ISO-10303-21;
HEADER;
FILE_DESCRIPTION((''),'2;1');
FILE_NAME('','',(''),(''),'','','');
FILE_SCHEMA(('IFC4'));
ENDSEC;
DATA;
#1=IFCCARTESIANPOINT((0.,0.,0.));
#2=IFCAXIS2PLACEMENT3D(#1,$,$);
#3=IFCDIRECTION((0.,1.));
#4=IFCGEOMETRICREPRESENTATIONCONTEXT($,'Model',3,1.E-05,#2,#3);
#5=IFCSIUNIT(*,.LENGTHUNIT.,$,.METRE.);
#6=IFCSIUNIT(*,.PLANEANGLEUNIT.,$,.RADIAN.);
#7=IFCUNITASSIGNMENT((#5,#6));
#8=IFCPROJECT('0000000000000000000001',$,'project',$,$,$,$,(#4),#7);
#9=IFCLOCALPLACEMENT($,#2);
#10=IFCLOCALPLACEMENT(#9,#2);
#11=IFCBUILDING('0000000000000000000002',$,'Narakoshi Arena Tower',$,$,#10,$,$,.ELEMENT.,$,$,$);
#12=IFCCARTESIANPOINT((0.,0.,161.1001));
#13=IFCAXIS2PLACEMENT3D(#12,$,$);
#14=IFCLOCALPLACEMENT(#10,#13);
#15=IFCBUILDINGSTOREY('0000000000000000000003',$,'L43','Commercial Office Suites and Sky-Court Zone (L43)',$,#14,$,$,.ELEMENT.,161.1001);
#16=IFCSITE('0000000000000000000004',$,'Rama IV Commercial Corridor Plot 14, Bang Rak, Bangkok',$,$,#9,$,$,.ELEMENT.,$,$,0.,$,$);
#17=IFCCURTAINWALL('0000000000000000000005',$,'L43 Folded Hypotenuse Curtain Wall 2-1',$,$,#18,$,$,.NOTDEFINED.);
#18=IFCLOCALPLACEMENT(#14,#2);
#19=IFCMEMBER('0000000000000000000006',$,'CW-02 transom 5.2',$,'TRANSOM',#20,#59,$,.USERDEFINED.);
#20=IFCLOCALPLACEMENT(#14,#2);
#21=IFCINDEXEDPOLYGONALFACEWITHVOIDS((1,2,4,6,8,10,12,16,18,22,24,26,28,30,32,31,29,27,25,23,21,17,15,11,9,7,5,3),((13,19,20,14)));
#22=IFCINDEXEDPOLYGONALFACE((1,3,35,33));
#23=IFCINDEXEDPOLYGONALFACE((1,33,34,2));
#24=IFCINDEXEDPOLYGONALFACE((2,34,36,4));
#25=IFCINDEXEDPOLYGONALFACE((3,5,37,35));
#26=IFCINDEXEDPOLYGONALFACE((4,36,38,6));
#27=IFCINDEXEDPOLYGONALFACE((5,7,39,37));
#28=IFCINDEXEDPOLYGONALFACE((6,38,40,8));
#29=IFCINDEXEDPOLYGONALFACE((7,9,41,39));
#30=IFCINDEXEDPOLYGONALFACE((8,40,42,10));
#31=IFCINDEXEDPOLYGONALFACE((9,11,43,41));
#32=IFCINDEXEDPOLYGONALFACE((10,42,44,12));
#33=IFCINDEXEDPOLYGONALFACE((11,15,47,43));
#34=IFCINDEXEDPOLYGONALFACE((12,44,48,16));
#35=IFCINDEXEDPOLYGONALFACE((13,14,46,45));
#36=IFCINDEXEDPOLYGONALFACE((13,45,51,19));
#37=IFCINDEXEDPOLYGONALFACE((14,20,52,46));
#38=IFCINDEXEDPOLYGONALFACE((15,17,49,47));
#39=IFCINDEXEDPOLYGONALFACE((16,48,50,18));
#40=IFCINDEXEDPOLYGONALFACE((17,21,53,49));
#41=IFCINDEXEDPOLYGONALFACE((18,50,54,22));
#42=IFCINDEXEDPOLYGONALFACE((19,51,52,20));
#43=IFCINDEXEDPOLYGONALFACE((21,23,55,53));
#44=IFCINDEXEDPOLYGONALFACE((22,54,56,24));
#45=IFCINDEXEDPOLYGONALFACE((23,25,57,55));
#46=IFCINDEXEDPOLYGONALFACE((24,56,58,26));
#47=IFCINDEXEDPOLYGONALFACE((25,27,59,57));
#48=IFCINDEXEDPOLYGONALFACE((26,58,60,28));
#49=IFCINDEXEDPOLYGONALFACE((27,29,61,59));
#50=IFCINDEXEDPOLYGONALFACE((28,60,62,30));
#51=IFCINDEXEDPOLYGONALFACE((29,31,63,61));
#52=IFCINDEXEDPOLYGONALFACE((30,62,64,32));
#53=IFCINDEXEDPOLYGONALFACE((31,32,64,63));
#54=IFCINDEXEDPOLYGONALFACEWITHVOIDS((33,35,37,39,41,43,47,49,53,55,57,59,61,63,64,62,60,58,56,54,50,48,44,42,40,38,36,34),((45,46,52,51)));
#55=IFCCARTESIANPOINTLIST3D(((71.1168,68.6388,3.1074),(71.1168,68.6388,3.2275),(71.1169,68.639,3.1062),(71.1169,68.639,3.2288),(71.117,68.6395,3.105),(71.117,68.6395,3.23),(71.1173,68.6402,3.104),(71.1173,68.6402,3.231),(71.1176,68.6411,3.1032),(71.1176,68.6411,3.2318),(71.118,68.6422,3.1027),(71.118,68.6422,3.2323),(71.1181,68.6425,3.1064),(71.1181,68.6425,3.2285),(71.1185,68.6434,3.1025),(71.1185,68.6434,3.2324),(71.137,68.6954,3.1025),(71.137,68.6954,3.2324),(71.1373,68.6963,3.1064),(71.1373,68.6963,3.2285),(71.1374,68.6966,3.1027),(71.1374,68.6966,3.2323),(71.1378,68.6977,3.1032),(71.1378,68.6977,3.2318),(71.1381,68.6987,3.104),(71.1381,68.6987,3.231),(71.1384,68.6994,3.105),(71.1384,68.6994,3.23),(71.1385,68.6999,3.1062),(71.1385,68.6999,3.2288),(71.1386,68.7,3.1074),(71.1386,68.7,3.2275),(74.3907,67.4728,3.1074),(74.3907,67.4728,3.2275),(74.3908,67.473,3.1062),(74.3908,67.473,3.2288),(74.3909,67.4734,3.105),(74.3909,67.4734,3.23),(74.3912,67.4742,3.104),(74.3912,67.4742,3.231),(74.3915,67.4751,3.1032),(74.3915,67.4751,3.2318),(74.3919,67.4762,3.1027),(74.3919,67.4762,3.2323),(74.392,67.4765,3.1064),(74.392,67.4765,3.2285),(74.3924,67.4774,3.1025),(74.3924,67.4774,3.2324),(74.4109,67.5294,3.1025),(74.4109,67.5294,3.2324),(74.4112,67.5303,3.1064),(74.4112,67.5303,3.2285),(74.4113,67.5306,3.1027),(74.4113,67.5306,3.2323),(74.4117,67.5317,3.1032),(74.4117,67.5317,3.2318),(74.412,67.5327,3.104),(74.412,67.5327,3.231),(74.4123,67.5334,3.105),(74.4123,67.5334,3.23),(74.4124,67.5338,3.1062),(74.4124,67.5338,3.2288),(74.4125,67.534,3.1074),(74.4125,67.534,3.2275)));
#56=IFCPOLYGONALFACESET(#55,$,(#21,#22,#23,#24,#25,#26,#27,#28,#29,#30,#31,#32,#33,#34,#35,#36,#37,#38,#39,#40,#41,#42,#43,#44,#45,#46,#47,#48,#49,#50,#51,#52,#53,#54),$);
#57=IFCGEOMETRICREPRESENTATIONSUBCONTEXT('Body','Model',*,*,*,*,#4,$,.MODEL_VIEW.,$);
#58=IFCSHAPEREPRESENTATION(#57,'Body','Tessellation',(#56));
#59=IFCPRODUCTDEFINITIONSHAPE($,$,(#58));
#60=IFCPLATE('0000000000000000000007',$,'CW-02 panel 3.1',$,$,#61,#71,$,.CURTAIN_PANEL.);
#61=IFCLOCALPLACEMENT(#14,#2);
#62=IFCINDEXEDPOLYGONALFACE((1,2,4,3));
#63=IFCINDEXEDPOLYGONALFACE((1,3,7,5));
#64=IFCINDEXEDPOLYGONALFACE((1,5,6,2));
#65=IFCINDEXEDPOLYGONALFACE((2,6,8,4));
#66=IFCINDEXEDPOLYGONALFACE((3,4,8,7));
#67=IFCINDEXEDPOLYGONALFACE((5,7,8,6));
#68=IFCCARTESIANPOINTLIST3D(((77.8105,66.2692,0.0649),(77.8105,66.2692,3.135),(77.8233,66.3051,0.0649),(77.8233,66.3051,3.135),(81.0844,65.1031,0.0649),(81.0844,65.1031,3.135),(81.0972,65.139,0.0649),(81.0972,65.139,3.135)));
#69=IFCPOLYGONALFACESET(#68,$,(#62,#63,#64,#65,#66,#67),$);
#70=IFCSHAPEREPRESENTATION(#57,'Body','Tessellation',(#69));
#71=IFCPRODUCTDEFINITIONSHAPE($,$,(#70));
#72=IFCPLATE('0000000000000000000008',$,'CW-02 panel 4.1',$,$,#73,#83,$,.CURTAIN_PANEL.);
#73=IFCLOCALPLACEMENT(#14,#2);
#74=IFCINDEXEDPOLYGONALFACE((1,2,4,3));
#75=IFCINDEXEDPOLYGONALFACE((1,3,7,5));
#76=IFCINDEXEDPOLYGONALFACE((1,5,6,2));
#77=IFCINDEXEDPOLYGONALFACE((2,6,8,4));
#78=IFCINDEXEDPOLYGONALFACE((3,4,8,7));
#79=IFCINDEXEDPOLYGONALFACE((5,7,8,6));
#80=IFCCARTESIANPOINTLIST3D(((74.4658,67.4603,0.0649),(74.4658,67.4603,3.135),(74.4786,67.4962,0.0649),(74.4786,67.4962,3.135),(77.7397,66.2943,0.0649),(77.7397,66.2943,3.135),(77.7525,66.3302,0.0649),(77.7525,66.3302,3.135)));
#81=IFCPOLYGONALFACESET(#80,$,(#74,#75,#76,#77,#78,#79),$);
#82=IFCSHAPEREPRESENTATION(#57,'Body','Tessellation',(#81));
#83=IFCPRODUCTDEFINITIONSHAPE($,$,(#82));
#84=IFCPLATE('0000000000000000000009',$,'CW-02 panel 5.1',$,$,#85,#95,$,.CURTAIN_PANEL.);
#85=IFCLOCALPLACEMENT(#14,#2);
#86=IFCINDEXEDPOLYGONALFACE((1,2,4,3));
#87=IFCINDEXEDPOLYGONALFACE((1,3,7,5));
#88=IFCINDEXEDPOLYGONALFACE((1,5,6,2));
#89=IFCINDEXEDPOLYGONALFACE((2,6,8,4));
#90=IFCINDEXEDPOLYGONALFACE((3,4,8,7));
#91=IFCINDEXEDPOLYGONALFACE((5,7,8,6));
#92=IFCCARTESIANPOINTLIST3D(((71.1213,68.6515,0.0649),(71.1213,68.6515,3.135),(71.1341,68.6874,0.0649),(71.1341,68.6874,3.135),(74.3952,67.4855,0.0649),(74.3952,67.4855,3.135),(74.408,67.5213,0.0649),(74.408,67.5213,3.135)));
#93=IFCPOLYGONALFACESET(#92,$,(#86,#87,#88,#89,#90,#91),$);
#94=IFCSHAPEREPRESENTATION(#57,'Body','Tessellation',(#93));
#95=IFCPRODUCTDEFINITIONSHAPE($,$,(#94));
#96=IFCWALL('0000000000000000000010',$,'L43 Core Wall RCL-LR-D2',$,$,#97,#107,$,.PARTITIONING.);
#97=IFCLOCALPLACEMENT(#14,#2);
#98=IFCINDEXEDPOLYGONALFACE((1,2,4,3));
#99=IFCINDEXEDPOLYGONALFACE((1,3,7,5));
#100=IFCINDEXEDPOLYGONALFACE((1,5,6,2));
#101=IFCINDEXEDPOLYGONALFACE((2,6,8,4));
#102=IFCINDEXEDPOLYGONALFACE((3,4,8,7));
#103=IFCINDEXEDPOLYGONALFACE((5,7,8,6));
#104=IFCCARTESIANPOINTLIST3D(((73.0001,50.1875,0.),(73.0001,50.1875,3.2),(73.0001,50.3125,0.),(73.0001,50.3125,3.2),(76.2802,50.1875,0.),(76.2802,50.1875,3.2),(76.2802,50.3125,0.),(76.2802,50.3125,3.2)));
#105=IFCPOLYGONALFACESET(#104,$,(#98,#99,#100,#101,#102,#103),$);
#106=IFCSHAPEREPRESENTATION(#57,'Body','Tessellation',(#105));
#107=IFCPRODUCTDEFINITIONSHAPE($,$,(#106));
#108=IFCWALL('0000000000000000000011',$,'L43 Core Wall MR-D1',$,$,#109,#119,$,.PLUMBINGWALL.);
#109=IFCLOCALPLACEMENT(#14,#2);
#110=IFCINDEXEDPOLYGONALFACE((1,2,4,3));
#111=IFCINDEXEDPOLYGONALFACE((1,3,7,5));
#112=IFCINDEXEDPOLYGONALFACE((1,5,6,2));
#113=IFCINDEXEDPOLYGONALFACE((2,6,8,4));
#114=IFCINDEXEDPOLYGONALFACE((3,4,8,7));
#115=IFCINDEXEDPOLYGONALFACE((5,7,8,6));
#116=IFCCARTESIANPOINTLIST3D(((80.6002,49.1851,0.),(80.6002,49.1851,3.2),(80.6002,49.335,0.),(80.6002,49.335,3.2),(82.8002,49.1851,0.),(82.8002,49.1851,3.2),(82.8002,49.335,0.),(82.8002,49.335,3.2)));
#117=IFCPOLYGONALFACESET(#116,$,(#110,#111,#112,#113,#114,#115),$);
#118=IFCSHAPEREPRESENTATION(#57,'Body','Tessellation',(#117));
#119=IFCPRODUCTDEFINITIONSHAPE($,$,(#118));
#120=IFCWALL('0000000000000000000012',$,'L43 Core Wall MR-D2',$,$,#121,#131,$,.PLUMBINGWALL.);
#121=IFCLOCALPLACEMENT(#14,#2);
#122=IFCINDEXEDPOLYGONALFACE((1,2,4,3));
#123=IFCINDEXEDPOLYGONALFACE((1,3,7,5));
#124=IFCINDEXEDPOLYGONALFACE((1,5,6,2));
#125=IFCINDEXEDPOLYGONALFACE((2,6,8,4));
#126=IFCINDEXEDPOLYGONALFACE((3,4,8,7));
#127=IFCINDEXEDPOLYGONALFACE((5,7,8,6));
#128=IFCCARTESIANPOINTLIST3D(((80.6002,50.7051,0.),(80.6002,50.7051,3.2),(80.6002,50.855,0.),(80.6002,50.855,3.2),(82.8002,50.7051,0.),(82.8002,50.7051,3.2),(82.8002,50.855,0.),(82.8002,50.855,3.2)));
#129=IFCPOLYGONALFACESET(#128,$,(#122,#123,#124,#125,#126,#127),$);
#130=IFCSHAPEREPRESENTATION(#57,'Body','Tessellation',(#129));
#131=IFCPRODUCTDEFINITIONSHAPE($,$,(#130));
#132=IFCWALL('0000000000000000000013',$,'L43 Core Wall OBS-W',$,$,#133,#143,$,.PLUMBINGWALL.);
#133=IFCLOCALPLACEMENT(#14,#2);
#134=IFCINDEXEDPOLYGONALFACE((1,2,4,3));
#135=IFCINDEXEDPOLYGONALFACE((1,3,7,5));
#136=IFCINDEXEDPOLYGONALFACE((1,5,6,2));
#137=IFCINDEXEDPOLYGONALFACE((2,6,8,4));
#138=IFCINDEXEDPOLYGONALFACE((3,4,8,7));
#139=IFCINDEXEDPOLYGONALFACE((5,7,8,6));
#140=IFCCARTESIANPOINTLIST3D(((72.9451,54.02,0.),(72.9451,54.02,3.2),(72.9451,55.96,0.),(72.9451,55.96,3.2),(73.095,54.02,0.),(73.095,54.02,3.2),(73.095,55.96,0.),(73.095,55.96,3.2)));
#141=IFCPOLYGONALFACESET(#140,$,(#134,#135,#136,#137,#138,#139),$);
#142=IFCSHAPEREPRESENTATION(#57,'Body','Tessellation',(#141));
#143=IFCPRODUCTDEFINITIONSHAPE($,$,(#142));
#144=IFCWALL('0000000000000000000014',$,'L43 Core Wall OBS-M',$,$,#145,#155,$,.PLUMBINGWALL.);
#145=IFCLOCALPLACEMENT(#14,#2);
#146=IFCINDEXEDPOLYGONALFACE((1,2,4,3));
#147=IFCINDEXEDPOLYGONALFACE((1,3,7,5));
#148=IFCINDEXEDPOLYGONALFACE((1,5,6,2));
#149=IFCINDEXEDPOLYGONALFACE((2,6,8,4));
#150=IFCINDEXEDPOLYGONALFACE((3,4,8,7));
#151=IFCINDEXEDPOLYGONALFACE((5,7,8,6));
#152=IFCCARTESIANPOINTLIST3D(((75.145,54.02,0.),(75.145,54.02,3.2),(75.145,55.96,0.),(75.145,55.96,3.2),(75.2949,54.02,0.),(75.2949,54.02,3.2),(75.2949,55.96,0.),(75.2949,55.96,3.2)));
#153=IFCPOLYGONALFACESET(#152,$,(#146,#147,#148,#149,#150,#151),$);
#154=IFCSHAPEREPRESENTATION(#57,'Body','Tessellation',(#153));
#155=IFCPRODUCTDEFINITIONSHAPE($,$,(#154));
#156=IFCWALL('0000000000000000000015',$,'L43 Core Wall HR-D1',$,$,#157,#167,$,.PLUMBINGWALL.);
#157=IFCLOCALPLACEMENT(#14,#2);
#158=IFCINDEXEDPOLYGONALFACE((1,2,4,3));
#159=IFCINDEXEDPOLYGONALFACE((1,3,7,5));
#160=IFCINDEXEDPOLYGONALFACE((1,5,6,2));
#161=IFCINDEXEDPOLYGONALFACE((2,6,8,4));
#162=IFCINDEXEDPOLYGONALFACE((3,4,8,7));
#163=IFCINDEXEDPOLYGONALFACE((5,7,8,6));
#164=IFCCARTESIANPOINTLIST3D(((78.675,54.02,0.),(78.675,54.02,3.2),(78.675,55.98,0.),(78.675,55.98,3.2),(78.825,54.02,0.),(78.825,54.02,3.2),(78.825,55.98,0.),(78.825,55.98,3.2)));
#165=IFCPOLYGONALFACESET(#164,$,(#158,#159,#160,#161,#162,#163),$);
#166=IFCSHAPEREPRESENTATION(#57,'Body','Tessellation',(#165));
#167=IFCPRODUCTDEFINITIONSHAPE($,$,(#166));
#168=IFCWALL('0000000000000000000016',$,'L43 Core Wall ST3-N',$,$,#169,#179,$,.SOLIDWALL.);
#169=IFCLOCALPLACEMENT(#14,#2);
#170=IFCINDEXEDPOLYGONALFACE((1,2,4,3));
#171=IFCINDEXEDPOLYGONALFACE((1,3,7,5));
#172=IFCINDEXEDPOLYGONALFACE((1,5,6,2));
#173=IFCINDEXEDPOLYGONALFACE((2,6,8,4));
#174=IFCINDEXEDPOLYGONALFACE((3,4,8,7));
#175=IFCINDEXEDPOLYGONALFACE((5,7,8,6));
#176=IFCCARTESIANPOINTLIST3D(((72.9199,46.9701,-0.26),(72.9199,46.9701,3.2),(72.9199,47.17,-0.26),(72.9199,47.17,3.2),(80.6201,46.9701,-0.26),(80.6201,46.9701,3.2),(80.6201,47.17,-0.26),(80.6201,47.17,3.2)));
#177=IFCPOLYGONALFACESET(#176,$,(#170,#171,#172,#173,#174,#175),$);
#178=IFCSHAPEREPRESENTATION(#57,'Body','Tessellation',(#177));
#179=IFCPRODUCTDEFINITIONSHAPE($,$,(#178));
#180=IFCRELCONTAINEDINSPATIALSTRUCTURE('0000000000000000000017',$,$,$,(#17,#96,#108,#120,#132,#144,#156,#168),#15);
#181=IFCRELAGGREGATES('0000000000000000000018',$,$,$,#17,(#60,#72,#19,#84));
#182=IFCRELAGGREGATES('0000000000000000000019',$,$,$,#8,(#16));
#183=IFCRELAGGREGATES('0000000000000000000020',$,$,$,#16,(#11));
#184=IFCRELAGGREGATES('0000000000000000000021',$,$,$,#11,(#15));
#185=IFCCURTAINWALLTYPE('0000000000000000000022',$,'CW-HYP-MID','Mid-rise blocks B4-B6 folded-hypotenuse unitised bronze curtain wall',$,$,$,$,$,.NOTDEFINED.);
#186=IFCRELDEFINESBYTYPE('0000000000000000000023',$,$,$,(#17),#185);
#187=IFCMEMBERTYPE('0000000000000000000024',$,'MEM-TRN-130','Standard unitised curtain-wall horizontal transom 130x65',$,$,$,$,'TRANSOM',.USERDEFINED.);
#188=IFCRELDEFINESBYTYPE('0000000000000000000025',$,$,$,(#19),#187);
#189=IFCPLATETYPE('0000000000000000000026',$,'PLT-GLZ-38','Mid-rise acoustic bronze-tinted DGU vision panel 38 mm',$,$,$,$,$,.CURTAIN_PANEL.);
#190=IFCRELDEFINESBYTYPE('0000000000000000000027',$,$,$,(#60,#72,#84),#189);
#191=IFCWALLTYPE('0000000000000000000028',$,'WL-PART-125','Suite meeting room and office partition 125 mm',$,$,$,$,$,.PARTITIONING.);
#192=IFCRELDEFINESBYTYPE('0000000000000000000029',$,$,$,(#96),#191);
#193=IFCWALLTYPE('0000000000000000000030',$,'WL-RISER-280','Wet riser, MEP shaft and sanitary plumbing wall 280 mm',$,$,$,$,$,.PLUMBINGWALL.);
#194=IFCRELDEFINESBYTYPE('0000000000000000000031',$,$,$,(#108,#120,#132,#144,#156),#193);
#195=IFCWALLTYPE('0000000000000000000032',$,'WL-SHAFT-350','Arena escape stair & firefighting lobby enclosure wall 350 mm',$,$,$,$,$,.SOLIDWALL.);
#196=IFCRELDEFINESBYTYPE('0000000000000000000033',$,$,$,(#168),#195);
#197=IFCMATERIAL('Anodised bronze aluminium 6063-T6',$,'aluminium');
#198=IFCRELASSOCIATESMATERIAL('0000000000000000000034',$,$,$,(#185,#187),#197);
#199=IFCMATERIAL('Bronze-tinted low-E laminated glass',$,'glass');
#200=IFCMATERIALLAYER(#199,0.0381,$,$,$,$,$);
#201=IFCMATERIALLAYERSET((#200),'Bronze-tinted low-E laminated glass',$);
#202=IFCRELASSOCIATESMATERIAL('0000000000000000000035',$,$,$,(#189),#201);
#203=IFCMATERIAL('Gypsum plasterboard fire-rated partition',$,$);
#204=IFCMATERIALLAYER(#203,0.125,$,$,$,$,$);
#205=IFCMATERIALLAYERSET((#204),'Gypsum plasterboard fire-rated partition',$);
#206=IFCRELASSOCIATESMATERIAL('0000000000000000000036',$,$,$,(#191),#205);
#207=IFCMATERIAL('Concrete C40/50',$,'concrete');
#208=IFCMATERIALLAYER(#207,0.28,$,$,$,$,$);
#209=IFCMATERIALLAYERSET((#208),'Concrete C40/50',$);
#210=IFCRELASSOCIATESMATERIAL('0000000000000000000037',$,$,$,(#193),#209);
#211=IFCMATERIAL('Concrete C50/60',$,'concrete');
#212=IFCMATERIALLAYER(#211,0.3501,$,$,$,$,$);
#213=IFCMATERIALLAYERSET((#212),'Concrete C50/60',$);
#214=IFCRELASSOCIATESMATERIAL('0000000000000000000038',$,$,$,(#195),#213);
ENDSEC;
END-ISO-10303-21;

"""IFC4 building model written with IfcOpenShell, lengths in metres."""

from ifc_helpers import new_model, si_unit, direction, frame, frame_2d, origin, origin_2d, place, context, subcontext, project, spatial, rectangle, hollow_rectangle, extrude, material, layer, layer_set, material_profile, profile_set, type_object, element, aggregate, save


model = new_model("IFC4")

# Units and contexts
model_context = context("Model", 3, precision=1e-05, world=origin(), true_north=direction((0.0, 1.0)))
body_context = subcontext(model_context, "Body", "Model", "MODEL_VIEW")
ifc_project = project(units=[si_unit("LENGTHUNIT", "METRE"), si_unit("PLANEANGLEUNIT", "RADIAN")], contexts=[model_context])

# Site, building, storey
site_placement = place(None, origin())
site = spatial("IfcSite", under=ifc_project, at=site_placement, Name="Rama IV Commercial Corridor Plot 14, Bang Rak, Bangkok", CompositionType="ELEMENT", RefElevation=0.0)
building_placement = place(site_placement, origin())
building = spatial("IfcBuilding", under=site, at=building_placement, Name="Narakoshi Arena Tower", CompositionType="ELEMENT")
storey_placement = place(building_placement, frame((0.0, 0.0, 161.1001)))
storey = spatial("IfcBuildingStorey", under=building, at=storey_placement, Name="L43", Description="Commercial Office Suites and Sky-Court Zone (L43)", CompositionType="ELEMENT", Elevation=161.1001)

# Curtain wall, member, plates
ifc_material_1 = material(Name="Anodised bronze aluminium 6063-T6", Category="aluminium")
curtain_wall_type = type_object("IfcCurtainWallType", Name="CW-HYP-MID", Description="Mid-rise blocks B4-B6 folded-hypotenuse unitised bronze curtain wall", PredefinedType="NOTDEFINED", material=ifc_material_1)
curtain_wall_placement = place(storey_placement, origin())
curtain_wall = element("IfcCurtainWall", 1, at=curtain_wall_placement, inside=storey, type_object=curtain_wall_type, Name="L43 Folded Hypotenuse Curtain Wall 2-1", PredefinedType="NOTDEFINED")
ifc_material_profile_1 = material_profile(ifc_material_1, hollow_rectangle(XDim=0.0649, YDim=0.1299, WallThickness=0.0039, OuterFilletRadius=0.0049, at=origin_2d()), Name="TRN130x65x4")
ifc_profile_set_1 = profile_set([ifc_material_profile_1], Name="Anodised bronze aluminium 6063-T6")
member_type_1 = type_object("IfcMemberType", Name="MEM-TRN-130", Description="Standard unitised curtain-wall horizontal transom 130x65", ElementType="TRANSOM", PredefinedType="USERDEFINED", material=ifc_profile_set_1)
member_1_placement = place(storey_placement, frame((74.4016, 67.5034, 3.1675), z_axis=(-0.942037, 0.335509, 0.0), x_axis=(-0.335509, -0.942037, 0.0)))
member_1 = element("IfcMember", 2, at=member_1_placement, type_object=member_type_1, Name="CW-02 transom 5.2", ObjectType="TRANSOM", PredefinedType="USERDEFINED", context=body_context, shape_type="SweptSolid", body=[
    extrude(hollow_rectangle(XDim=0.0649, YDim=0.1299, WallThickness=0.0039, OuterFilletRadius=0.0049, at=origin_2d()), origin(), (0.0, 0.0, 1.0), 3.4753),
])
ifc_material_2 = material(Name="Bronze-tinted low-E laminated glass", Category="glass")
ifc_layer_1 = layer(ifc_material_2, 0.0381)
ifc_layer_set_1 = layer_set([ifc_layer_1], Name="Bronze-tinted low-E laminated glass")
plate_type = type_object("IfcPlateType", Name="PLT-GLZ-38", Description="Mid-rise acoustic bronze-tinted DGU vision panel 38 mm", PredefinedType="CURTAIN_PANEL", material=ifc_layer_set_1)
plate_1_placement = place(storey_placement, frame((79.4539, 65.7041, 0.0649), z_axis=(0.0, 0.0, 1.0), x_axis=(-0.942034, 0.335518, 0.0)))
plate_1 = element("IfcPlate", 3, at=plate_1_placement, type_object=plate_type, Name="CW-02 panel 3.1", PredefinedType="CURTAIN_PANEL", context=body_context, shape_type="SweptSolid", body=[
    extrude(rectangle(XDim=3.4753, YDim=0.0381, at=origin_2d()), origin(), (0.0, 0.0, 1.0), 3.0701),
])
plate_2_placement = place(storey_placement, frame((76.1091, 66.8953, 0.0649), z_axis=(0.0, 0.0, 1.0), x_axis=(-0.942034, 0.335518, 0.0)))
plate_2 = element("IfcPlate", 4, at=plate_2_placement, type_object=plate_type, Name="CW-02 panel 4.1", PredefinedType="CURTAIN_PANEL", context=body_context, shape_type="SweptSolid", body=[
    extrude(rectangle(XDim=3.4753, YDim=0.0381, at=origin_2d()), origin(), (0.0, 0.0, 1.0), 3.0701),
])
plate_3_placement = place(storey_placement, frame((72.7646, 68.0864, 0.0649), z_axis=(0.0, 0.0, 1.0), x_axis=(-0.942034, 0.335518, 0.0)))
plate_3 = element("IfcPlate", 5, at=plate_3_placement, type_object=plate_type, Name="CW-02 panel 5.1", PredefinedType="CURTAIN_PANEL", context=body_context, shape_type="SweptSolid", body=[
    extrude(rectangle(XDim=3.4753, YDim=0.0381, at=origin_2d()), origin(), (0.0, 0.0, 1.0), 3.0701),
])
aggregate(curtain_wall, [plate_1, plate_2, member_1, plate_3])

# Walls
ifc_material_3 = material(Name="Gypsum plasterboard fire-rated partition")
ifc_layer_2 = layer(ifc_material_3, 0.125)
ifc_layer_set_2 = layer_set([ifc_layer_2], Name="Gypsum plasterboard fire-rated partition")
wall_type_1 = type_object("IfcWallType", Name="WL-PART-125", Description="Suite meeting room and office partition 125 mm", PredefinedType="PARTITIONING", material=ifc_layer_set_2)
wall_1_placement = place(storey_placement, frame((73.0, 50.25, 0.0), z_axis=(0.0, 0.0, 1.0), x_axis=(1.0, 0.0, 0.0)))
element("IfcWall", 6, at=wall_1_placement, inside=storey, type_object=wall_type_1, Name="L43 Core Wall RCL-LR-D2", PredefinedType="PARTITIONING", context=body_context, shape_type="SweptSolid", body=[
    extrude(rectangle(XDim=3.28, YDim=0.125, at=frame_2d((1.6401, 0.0))), origin(), (0.0, 0.0, 1.0), 3.2),
])
ifc_material_4 = material(Name="Concrete C40/50", Category="concrete")
ifc_layer_3 = layer(ifc_material_4, 0.28)
ifc_layer_set_3 = layer_set([ifc_layer_3], Name="Concrete C40/50")
wall_type_2 = type_object("IfcWallType", Name="WL-RISER-280", Description="Wet riser, MEP shaft and sanitary plumbing wall 280 mm", PredefinedType="PLUMBINGWALL", material=ifc_layer_set_3)
for number, where, z_axis, x_axis, name in (
    (7, (80.6001, 49.26, 0.0), (0.0, 0.0, 1.0), (1.0, 0.0, 0.0), "L43 Core Wall MR-D1"),
    (8, (80.6001, 50.78, 0.0), (0.0, 0.0, 1.0), (1.0, 0.0, 0.0), "L43 Core Wall MR-D2"),
):
    element("IfcWall", number, at=place(storey_placement, frame(where, z_axis=z_axis, x_axis=x_axis)), inside=storey, type_object=wall_type_2, Name=name, PredefinedType="PLUMBINGWALL", context=body_context, shape_type="SweptSolid", body=[
        extrude(rectangle(XDim=2.2, YDim=0.1499, at=frame_2d((1.1001, 0.0))), origin(), (0.0, 0.0, 1.0), 3.2),
    ])
for number, where, z_axis, x_axis, name in (
    (9, (73.02, 54.02, 0.0), (0.0, 0.0, 1.0), (0.0, 1.0, 0.0), "L43 Core Wall OBS-W"),
    (10, (75.22, 54.02, 0.0), (0.0, 0.0, 1.0), (0.0, 1.0, 0.0), "L43 Core Wall OBS-M"),
):
    element("IfcWall", number, at=place(storey_placement, frame(where, z_axis=z_axis, x_axis=x_axis)), inside=storey, type_object=wall_type_2, Name=name, PredefinedType="PLUMBINGWALL", context=body_context, shape_type="SweptSolid", body=[
        extrude(rectangle(XDim=1.9399, YDim=0.1499, at=frame_2d((0.97, 0.0))), origin(), (0.0, 0.0, 1.0), 3.2),
    ])
wall_2_placement = place(storey_placement, frame((78.75, 54.02, 0.0), z_axis=(0.0, 0.0, 1.0), x_axis=(0.0, 1.0, 0.0)))
element("IfcWall", 11, at=wall_2_placement, inside=storey, type_object=wall_type_2, Name="L43 Core Wall HR-D1", PredefinedType="PLUMBINGWALL", context=body_context, shape_type="SweptSolid", body=[
    extrude(rectangle(XDim=1.96, YDim=0.1499, at=frame_2d((0.98, 0.0))), origin(), (0.0, 0.0, 1.0), 3.2),
])
ifc_material_5 = material(Name="Concrete C50/60", Category="concrete")
ifc_layer_4 = layer(ifc_material_5, 0.3501)
ifc_layer_set_4 = layer_set([ifc_layer_4], Name="Concrete C50/60")
wall_type_3 = type_object("IfcWallType", Name="WL-SHAFT-350", Description="Arena escape stair & firefighting lobby enclosure wall 350 mm", PredefinedType="SOLIDWALL", material=ifc_layer_set_4)
wall_3_placement = place(storey_placement, frame((72.9199, 47.0701, -0.26), z_axis=(0.0, 0.0, 1.0), x_axis=(1.0, 0.0, 0.0)))
element("IfcWall", 12, at=wall_3_placement, inside=storey, type_object=wall_type_3, Name="L43 Core Wall ST3-N", PredefinedType="SOLIDWALL", context=body_context, shape_type="SweptSolid", body=[
    extrude(rectangle(XDim=7.7002, YDim=0.2, at=frame_2d((3.8501, 0.0))), origin(), (0.0, 0.0, 1.0), 3.46),
])

save(model, "model.ifc")
